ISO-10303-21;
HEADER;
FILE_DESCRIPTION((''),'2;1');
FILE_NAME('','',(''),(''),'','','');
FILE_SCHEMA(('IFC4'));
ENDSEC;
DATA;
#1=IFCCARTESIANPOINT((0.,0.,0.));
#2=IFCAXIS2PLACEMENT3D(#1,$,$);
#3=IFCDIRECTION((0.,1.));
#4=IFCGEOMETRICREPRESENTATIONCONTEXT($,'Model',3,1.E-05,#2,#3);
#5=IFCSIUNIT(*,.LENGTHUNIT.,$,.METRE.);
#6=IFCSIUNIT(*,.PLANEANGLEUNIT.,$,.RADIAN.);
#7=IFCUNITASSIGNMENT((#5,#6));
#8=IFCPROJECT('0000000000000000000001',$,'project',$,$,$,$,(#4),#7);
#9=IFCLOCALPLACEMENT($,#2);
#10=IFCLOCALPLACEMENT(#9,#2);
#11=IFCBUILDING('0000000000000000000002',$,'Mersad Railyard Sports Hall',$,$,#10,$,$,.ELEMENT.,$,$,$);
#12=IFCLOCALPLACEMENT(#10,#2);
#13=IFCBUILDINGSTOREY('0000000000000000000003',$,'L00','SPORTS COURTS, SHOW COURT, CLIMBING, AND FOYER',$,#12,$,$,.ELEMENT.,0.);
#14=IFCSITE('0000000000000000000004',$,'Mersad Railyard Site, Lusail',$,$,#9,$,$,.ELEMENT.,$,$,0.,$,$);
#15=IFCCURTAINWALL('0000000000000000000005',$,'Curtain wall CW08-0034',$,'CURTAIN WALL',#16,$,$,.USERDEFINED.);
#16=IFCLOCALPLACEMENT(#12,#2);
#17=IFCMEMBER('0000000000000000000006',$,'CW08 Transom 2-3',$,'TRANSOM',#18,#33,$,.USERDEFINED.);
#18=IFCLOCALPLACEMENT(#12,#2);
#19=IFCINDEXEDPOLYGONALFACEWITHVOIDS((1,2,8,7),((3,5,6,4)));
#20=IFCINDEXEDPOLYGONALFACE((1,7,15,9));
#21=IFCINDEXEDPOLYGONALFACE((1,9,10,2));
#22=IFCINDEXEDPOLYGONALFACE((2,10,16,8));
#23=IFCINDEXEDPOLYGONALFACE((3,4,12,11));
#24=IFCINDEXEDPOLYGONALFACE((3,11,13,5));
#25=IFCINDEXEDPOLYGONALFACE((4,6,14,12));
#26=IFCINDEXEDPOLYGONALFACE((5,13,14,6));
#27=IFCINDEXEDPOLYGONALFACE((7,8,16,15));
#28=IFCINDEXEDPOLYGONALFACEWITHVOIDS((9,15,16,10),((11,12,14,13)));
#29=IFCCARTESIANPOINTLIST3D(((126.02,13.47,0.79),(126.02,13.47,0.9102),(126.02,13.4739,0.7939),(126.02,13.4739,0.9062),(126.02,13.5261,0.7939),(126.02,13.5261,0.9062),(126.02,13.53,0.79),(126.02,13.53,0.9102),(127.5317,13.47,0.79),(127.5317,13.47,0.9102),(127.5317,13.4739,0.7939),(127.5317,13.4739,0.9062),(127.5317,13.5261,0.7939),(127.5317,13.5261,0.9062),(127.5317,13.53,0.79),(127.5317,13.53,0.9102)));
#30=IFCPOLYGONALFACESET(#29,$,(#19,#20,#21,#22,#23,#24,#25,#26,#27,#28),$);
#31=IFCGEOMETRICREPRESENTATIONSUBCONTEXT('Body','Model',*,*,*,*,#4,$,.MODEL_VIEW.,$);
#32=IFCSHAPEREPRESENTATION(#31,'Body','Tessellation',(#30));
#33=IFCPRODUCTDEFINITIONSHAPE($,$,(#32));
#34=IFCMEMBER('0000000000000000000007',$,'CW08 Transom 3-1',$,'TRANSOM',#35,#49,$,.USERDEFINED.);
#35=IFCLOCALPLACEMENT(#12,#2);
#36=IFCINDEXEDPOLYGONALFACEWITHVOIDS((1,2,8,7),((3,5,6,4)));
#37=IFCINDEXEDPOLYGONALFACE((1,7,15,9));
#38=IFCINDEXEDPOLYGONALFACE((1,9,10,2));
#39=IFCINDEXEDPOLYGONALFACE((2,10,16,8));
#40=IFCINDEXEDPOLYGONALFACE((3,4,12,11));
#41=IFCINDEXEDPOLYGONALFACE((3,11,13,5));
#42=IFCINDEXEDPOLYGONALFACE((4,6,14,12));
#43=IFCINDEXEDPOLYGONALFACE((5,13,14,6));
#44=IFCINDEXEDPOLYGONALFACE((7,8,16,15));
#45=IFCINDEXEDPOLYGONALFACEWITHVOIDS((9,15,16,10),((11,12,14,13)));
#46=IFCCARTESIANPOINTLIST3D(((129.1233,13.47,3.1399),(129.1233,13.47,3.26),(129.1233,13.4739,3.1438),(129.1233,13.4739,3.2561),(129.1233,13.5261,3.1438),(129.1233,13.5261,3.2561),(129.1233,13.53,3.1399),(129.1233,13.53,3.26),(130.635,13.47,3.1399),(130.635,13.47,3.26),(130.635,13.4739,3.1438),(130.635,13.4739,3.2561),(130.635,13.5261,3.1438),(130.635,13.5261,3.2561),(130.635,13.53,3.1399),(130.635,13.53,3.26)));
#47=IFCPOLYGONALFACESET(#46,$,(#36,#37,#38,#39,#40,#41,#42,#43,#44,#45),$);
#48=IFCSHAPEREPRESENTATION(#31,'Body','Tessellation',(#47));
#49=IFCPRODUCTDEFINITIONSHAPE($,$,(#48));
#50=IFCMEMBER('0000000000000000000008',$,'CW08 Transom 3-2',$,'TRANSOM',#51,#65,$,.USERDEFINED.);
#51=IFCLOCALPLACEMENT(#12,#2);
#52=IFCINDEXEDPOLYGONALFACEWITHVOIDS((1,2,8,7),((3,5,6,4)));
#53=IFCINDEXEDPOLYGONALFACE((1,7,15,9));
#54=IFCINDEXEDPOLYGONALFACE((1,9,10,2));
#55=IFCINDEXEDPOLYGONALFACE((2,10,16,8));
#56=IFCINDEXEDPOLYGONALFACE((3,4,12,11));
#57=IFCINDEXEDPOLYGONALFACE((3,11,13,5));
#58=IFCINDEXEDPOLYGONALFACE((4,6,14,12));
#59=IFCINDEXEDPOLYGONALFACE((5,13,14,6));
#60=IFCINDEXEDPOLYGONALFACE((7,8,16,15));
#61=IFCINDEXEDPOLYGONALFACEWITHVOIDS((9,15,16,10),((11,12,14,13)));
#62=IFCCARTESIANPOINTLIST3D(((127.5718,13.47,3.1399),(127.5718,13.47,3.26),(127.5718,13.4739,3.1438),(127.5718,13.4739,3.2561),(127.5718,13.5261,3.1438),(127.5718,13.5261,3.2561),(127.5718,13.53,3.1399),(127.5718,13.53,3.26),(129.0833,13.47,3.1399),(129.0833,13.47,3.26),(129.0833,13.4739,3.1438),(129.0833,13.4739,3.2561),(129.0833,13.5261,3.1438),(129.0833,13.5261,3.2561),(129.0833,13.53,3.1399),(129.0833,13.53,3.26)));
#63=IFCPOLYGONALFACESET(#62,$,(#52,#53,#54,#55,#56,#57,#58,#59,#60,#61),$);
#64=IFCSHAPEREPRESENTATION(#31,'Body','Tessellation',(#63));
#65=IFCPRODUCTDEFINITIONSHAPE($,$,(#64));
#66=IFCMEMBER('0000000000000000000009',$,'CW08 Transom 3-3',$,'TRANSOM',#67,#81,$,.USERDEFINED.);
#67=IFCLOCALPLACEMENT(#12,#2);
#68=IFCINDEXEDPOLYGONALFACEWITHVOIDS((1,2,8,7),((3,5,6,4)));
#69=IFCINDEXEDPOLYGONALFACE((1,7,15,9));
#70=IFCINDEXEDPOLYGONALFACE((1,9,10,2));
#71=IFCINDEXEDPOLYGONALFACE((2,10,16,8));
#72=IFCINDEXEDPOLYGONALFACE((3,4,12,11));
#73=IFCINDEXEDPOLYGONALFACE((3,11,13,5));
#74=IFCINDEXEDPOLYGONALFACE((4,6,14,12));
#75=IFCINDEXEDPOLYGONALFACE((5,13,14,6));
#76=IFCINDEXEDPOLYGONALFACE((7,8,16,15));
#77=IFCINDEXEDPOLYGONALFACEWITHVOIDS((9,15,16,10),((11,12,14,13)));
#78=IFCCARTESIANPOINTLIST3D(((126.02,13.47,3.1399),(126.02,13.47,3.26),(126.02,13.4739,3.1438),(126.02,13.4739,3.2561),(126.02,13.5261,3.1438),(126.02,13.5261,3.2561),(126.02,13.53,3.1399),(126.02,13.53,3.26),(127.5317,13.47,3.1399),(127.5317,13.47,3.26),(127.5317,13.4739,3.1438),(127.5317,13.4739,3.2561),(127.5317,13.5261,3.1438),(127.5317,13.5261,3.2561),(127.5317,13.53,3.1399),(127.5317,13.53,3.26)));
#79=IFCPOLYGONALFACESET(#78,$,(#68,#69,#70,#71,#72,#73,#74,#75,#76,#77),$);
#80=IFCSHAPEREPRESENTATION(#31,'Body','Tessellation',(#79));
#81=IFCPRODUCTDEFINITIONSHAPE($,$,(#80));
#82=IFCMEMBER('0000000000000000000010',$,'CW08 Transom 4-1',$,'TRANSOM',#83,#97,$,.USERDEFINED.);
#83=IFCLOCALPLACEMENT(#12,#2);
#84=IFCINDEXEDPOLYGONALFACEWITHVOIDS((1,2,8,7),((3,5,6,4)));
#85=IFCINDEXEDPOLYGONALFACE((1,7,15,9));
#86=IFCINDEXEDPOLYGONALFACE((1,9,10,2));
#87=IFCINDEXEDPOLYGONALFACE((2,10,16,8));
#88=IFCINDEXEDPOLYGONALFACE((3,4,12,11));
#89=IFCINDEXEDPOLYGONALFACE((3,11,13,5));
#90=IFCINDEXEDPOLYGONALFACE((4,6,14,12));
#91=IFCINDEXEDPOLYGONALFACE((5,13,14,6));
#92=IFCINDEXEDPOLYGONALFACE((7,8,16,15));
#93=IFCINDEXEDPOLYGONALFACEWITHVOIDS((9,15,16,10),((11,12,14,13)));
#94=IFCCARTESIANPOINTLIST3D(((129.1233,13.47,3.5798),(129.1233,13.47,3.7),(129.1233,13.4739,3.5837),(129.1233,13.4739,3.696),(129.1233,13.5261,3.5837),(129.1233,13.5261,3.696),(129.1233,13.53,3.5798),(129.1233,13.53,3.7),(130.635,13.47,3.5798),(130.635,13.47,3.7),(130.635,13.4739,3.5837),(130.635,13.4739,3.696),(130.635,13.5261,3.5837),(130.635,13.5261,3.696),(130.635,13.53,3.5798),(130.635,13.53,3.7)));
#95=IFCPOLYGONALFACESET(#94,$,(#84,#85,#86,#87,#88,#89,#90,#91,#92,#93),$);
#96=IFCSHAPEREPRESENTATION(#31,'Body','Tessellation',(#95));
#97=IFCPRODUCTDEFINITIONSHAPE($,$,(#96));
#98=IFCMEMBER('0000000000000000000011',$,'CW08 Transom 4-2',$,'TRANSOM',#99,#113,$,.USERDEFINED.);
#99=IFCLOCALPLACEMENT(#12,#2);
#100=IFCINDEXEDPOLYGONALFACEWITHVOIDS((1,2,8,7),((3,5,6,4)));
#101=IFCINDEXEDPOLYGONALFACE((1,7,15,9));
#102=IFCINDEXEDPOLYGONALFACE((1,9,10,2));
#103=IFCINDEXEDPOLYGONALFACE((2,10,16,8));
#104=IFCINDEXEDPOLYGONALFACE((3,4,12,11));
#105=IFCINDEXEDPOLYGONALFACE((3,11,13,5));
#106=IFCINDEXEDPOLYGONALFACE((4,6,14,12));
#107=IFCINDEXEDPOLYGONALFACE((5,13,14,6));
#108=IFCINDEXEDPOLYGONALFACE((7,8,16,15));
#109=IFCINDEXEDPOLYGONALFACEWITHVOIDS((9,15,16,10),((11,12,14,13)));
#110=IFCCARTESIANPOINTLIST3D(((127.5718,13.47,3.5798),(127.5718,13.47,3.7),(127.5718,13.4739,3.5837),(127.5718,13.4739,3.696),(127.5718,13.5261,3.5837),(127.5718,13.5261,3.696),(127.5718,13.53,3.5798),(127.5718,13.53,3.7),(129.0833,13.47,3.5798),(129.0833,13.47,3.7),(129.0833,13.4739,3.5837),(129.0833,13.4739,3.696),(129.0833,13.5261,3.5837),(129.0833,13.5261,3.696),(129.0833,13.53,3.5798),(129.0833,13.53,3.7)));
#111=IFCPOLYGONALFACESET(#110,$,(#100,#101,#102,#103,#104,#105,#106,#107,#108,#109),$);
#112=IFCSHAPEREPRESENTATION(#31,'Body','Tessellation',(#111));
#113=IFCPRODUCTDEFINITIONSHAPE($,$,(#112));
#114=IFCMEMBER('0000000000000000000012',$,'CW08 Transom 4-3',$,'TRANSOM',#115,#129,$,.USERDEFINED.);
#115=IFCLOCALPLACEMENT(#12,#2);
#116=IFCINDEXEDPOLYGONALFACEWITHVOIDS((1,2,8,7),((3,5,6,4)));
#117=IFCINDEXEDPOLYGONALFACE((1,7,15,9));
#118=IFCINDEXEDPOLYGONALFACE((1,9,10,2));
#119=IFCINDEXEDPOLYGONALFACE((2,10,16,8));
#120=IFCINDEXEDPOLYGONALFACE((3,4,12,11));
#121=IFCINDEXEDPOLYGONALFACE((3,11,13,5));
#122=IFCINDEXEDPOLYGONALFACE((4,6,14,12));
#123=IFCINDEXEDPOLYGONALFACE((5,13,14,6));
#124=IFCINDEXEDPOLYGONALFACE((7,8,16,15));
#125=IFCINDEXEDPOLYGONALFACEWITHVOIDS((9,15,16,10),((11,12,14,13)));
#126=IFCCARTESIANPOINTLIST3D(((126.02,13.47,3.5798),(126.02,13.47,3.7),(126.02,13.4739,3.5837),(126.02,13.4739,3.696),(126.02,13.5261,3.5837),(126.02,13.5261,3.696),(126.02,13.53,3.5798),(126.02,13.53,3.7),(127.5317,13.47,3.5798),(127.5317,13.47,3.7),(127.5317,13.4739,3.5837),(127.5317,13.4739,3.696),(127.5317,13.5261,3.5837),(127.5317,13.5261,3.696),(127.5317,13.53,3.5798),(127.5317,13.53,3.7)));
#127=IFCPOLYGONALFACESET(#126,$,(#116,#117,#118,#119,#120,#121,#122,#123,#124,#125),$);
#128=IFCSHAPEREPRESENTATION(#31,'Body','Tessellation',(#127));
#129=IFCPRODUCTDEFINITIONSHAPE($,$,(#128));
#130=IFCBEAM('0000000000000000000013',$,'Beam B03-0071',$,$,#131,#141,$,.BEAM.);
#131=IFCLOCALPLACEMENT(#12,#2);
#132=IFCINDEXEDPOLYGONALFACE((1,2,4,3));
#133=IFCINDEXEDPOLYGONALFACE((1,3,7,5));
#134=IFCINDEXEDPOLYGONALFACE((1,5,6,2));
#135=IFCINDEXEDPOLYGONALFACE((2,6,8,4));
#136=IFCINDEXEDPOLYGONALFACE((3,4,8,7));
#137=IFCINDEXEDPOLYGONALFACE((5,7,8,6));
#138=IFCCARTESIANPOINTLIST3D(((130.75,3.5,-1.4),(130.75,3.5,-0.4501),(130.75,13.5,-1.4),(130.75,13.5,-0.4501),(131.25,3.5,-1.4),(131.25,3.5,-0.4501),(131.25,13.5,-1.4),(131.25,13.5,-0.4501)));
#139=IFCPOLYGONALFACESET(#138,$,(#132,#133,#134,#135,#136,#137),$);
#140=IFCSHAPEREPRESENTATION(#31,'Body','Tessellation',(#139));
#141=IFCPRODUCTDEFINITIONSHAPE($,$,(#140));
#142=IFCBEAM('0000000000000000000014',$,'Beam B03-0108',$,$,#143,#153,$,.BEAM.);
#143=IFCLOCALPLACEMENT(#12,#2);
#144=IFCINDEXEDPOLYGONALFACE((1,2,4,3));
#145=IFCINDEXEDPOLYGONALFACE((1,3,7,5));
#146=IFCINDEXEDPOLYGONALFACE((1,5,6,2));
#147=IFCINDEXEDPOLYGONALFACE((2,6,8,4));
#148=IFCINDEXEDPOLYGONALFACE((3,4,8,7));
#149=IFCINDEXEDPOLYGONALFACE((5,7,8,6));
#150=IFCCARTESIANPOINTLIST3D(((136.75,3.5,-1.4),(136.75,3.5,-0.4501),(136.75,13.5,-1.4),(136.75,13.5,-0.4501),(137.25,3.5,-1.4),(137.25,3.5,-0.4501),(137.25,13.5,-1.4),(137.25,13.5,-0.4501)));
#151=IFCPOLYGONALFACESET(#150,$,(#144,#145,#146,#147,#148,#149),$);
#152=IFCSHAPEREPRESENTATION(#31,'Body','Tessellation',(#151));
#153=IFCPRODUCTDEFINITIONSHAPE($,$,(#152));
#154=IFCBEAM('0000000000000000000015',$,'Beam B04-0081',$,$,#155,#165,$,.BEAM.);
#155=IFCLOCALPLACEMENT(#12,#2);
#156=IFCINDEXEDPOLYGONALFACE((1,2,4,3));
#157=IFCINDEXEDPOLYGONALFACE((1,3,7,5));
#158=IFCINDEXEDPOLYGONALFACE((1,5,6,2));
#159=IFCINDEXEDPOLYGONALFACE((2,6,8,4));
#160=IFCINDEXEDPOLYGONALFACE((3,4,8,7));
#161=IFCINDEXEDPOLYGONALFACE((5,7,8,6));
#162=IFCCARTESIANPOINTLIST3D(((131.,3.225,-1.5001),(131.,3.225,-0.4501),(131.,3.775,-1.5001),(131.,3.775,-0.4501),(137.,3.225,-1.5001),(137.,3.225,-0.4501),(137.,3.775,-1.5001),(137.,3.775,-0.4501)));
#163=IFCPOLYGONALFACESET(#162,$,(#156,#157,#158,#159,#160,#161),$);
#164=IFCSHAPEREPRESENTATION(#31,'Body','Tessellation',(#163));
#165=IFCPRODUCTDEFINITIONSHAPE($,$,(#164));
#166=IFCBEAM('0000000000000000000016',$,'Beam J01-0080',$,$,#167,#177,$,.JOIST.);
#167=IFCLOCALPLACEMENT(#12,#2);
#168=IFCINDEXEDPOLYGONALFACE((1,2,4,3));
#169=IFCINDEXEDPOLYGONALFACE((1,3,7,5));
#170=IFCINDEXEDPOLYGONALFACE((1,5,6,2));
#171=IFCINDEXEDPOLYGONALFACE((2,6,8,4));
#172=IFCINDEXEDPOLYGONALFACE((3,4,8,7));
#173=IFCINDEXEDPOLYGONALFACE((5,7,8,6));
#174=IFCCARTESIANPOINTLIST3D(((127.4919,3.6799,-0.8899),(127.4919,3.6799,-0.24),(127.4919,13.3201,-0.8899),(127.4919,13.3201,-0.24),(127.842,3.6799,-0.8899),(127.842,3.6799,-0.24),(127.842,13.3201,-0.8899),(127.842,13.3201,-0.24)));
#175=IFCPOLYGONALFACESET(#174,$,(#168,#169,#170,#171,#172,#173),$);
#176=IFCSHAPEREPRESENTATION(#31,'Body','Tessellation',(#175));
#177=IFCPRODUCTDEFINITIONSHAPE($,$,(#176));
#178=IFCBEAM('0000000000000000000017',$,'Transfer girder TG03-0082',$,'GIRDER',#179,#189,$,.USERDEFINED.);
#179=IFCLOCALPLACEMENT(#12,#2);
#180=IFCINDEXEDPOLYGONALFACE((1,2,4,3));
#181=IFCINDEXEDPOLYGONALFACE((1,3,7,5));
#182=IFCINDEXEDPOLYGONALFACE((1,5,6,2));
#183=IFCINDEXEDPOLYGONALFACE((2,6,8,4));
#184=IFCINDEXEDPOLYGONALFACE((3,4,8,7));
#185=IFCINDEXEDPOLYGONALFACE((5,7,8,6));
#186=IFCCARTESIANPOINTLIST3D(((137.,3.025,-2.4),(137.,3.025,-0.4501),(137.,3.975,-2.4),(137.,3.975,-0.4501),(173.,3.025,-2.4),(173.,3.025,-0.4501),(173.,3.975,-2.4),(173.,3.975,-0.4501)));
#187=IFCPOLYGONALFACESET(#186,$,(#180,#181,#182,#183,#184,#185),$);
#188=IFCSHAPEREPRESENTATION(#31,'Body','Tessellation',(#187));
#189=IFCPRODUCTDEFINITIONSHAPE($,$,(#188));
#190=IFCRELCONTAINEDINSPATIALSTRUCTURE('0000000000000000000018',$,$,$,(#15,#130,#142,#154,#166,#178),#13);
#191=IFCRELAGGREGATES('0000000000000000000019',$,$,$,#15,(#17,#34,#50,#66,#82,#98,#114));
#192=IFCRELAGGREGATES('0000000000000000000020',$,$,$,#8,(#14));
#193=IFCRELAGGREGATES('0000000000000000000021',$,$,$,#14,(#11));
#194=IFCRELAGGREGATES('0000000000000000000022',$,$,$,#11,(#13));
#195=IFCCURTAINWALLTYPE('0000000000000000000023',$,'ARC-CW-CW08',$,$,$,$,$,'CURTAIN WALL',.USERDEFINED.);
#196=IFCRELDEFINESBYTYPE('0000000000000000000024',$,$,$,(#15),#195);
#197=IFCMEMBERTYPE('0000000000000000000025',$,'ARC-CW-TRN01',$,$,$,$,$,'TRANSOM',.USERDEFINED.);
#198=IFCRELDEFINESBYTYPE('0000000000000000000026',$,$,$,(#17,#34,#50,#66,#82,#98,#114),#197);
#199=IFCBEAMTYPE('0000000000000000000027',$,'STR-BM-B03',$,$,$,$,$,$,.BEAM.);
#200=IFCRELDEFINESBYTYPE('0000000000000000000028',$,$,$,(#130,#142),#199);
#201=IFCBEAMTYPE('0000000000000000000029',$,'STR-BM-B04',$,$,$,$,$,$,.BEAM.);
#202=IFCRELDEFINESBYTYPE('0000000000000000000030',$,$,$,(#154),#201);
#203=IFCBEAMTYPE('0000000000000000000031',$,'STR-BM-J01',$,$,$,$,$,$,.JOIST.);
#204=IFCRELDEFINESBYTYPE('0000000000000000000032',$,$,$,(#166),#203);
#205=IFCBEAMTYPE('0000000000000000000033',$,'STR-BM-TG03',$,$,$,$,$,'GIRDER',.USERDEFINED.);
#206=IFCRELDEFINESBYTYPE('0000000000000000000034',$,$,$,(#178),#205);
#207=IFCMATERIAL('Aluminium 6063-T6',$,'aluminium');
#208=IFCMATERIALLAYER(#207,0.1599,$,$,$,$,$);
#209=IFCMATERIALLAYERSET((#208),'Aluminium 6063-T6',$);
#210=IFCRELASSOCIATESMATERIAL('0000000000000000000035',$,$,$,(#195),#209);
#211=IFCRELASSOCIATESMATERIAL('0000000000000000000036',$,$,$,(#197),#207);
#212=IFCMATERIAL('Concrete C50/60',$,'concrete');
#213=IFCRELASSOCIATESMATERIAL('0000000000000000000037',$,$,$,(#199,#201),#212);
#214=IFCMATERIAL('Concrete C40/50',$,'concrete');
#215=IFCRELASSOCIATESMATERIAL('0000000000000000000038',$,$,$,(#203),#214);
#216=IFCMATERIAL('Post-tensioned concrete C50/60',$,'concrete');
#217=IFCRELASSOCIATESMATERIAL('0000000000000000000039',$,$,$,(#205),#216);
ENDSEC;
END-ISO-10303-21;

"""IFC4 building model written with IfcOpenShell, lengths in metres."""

from ifc_helpers import new_model, si_unit, direction, frame, origin, origin_2d, place, context, subcontext, project, spatial, rectangle, hollow_rectangle, extrude, material, layer, layer_set, material_profile, profile_set, type_object, element, aggregate, save


model = new_model("IFC4")

# Units and contexts
model_context = context("Model", 3, precision=1e-05, world=origin(), true_north=direction((0.0, 1.0)))
body_context = subcontext(model_context, "Body", "Model", "MODEL_VIEW")
ifc_project = project(units=[si_unit("LENGTHUNIT", "METRE"), si_unit("PLANEANGLEUNIT", "RADIAN")], contexts=[model_context])

# Site, building, storey
site_placement = place(None, origin())
site = spatial("IfcSite", under=ifc_project, at=site_placement, Name="Mersad Railyard Site, Lusail", CompositionType="ELEMENT", RefElevation=0.0)
building_placement = place(site_placement, origin())
building = spatial("IfcBuilding", under=site, at=building_placement, Name="Mersad Railyard Sports Hall", CompositionType="ELEMENT")
storey_placement = place(building_placement, origin())
storey = spatial("IfcBuildingStorey", under=building, at=storey_placement, Name="L00", Description="SPORTS COURTS, SHOW COURT, CLIMBING, AND FOYER", CompositionType="ELEMENT", Elevation=0.0)

# Shared definitions
ifc_material_1 = material(Name="Concrete C50/60", Category="concrete")

# Curtain wall, members
ifc_material_2 = material(Name="Aluminium 6063-T6", Category="aluminium")
ifc_layer_1 = layer(ifc_material_2, 0.1599)
ifc_layer_set_1 = layer_set([ifc_layer_1], Name="Aluminium 6063-T6")
curtain_wall_type = type_object("IfcCurtainWallType", Name="ARC-CW-CW08", ElementType="CURTAIN WALL", PredefinedType="USERDEFINED", material=ifc_layer_set_1)
curtain_wall_placement = place(storey_placement, origin())
curtain_wall = element("IfcCurtainWall", 1, at=curtain_wall_placement, inside=storey, type_object=curtain_wall_type, Name="Curtain wall CW08-0034", ObjectType="CURTAIN WALL", PredefinedType="USERDEFINED")
ifc_material_profile_1 = material_profile(ifc_material_2, hollow_rectangle(XDim=0.0601, YDim=0.1201, WallThickness=0.0039, at=origin_2d()), Name="AL TRANSOM 60x120x4")
ifc_profile_set_1 = profile_set([ifc_material_profile_1], Name="Aluminium 6063-T6")
member_type_1 = type_object("IfcMemberType", Name="ARC-CW-TRN01", ElementType="TRANSOM", PredefinedType="USERDEFINED", material=ifc_profile_set_1)
member_1_placement = place(storey_placement, frame((127.5317, 13.5, 0.8501), z_axis=(-1.0, 0.0, 0.0), x_axis=(0.0, -1.0, 0.0)))
member_1 = element("IfcMember", 2, at=member_1_placement, type_object=member_type_1, Name="CW08 Transom 2-3", ObjectType="TRANSOM", PredefinedType="USERDEFINED", context=body_context, shape_type="SweptSolid", body=[
    extrude(hollow_rectangle(XDim=0.0601, YDim=0.1201, WallThickness=0.0039, at=origin_2d()), origin(), (0.0, 0.0, 1.0), 1.5117),
])
member_2_placement = place(storey_placement, frame((130.635, 13.5, 3.2), z_axis=(-1.0, 0.0, 0.0), x_axis=(0.0, -1.0, 0.0)))
member_2 = element("IfcMember", 3, at=member_2_placement, type_object=member_type_1, Name="CW08 Transom 3-1", ObjectType="TRANSOM", PredefinedType="USERDEFINED", context=body_context, shape_type="SweptSolid", body=[
    extrude(hollow_rectangle(XDim=0.0601, YDim=0.1201, WallThickness=0.0039, at=origin_2d()), origin(), (0.0, 0.0, 1.0), 1.5117),
])
member_3_placement = place(storey_placement, frame((129.0833, 13.5, 3.2), z_axis=(-1.0, 0.0, 0.0), x_axis=(0.0, -1.0, 0.0)))
member_3 = element("IfcMember", 4, at=member_3_placement, type_object=member_type_1, Name="CW08 Transom 3-2", ObjectType="TRANSOM", PredefinedType="USERDEFINED", context=body_context, shape_type="SweptSolid", body=[
    extrude(hollow_rectangle(XDim=0.0601, YDim=0.1201, WallThickness=0.0039, at=origin_2d()), origin(), (0.0, 0.0, 1.0), 1.5115),
])
member_4_placement = place(storey_placement, frame((127.5317, 13.5, 3.2), z_axis=(-1.0, 0.0, 0.0), x_axis=(0.0, -1.0, 0.0)))
member_4 = element("IfcMember", 5, at=member_4_placement, type_object=member_type_1, Name="CW08 Transom 3-3", ObjectType="TRANSOM", PredefinedType="USERDEFINED", context=body_context, shape_type="SweptSolid", body=[
    extrude(hollow_rectangle(XDim=0.0601, YDim=0.1201, WallThickness=0.0039, at=origin_2d()), origin(), (0.0, 0.0, 1.0), 1.5117),
])
member_5_placement = place(storey_placement, frame((130.635, 13.5, 3.6399), z_axis=(-1.0, 0.0, 0.0), x_axis=(0.0, -1.0, 0.0)))
member_5 = element("IfcMember", 6, at=member_5_placement, type_object=member_type_1, Name="CW08 Transom 4-1", ObjectType="TRANSOM", PredefinedType="USERDEFINED", context=body_context, shape_type="SweptSolid", body=[
    extrude(hollow_rectangle(XDim=0.0601, YDim=0.1201, WallThickness=0.0039, at=origin_2d()), origin(), (0.0, 0.0, 1.0), 1.5117),
])
member_6_placement = place(storey_placement, frame((129.0833, 13.5, 3.6399), z_axis=(-1.0, 0.0, 0.0), x_axis=(0.0, -1.0, 0.0)))
member_6 = element("IfcMember", 7, at=member_6_placement, type_object=member_type_1, Name="CW08 Transom 4-2", ObjectType="TRANSOM", PredefinedType="USERDEFINED", context=body_context, shape_type="SweptSolid", body=[
    extrude(hollow_rectangle(XDim=0.0601, YDim=0.1201, WallThickness=0.0039, at=origin_2d()), origin(), (0.0, 0.0, 1.0), 1.5115),
])
member_7_placement = place(storey_placement, frame((127.5317, 13.5, 3.6399), z_axis=(-1.0, 0.0, 0.0), x_axis=(0.0, -1.0, 0.0)))
member_7 = element("IfcMember", 8, at=member_7_placement, type_object=member_type_1, Name="CW08 Transom 4-3", ObjectType="TRANSOM", PredefinedType="USERDEFINED", context=body_context, shape_type="SweptSolid", body=[
    extrude(hollow_rectangle(XDim=0.0601, YDim=0.1201, WallThickness=0.0039, at=origin_2d()), origin(), (0.0, 0.0, 1.0), 1.5117),
])

# Beams
ifc_material_profile_2 = material_profile(ifc_material_1, rectangle(XDim=0.5, YDim=0.95, at=origin_2d()), Name="RC 500x950")
ifc_profile_set_2 = profile_set([ifc_material_profile_2], Name="Concrete C50/60")
beam_type_1 = type_object("IfcBeamType", Name="STR-BM-B03", PredefinedType="BEAM", material=ifc_profile_set_2)
for number, where, z_axis, x_axis, name in (
    (9, (131.0, 3.5, -0.925), (0.0, 1.0, 0.0), (-1.0, 0.0, 0.0), "Beam B03-0071"),
    (10, (137.0, 3.5, -0.925), (0.0, 1.0, 0.0), (-1.0, 0.0, 0.0), "Beam B03-0108"),
):
    element("IfcBeam", number, at=place(storey_placement, frame(where, z_axis=z_axis, x_axis=x_axis)), inside=storey, type_object=beam_type_1, Name=name, PredefinedType="BEAM", context=body_context, shape_type="SweptSolid", body=[
        extrude(rectangle(XDim=0.5, YDim=0.95, at=origin_2d()), origin(), (0.0, 0.0, 1.0), 10.0),
    ])
ifc_material_profile_3 = material_profile(ifc_material_1, rectangle(XDim=0.55, YDim=1.05, at=origin_2d()), Name="RC 550x1050")
ifc_profile_set_3 = profile_set([ifc_material_profile_3], Name="Concrete C50/60")
beam_type_2 = type_object("IfcBeamType", Name="STR-BM-B04", PredefinedType="BEAM", material=ifc_profile_set_3)
beam_1_placement = place(storey_placement, frame((131.0, 3.5, -0.9751), z_axis=(1.0, 0.0, 0.0), x_axis=(0.0, 1.0, 0.0)))
element("IfcBeam", 11, at=beam_1_placement, inside=storey, type_object=beam_type_2, Name="Beam B04-0081", PredefinedType="BEAM", context=body_context, shape_type="SweptSolid", body=[
    extrude(rectangle(XDim=0.55, YDim=1.05, at=origin_2d()), origin(), (0.0, 0.0, 1.0), 6.0),
])
ifc_material_3 = material(Name="Concrete C40/50", Category="concrete")
ifc_material_profile_4 = material_profile(ifc_material_3, rectangle(XDim=0.3501, YDim=0.6499, at=origin_2d()), Name="RC 350x650")
ifc_profile_set_4 = profile_set([ifc_material_profile_4], Name="Concrete C40/50")
beam_type_3 = type_object("IfcBeamType", Name="STR-BM-J01", PredefinedType="JOIST", material=ifc_profile_set_4)
beam_2_placement = place(storey_placement, frame((127.667, 3.6799, -0.5649), z_axis=(0.0, 1.0, 0.0), x_axis=(-1.0, 0.0, 0.0)))
element("IfcBeam", 12, at=beam_2_placement, inside=storey, type_object=beam_type_3, Name="Beam J01-0080", PredefinedType="JOIST", context=body_context, shape_type="SweptSolid", body=[
    extrude(rectangle(XDim=0.3501, YDim=0.6499, at=origin_2d()), origin(), (0.0, 0.0, 1.0), 9.6401),
])
ifc_material_4 = material(Name="Post-tensioned concrete C50/60", Category="concrete")
ifc_material_profile_5 = material_profile(ifc_material_4, rectangle(XDim=0.95, YDim=1.95, at=origin_2d()), Name="PT 950x1950")
ifc_profile_set_5 = profile_set([ifc_material_profile_5], Name="Post-tensioned concrete C50/60")
beam_type_4 = type_object("IfcBeamType", Name="STR-BM-TG03", ElementType="GIRDER", PredefinedType="USERDEFINED", material=ifc_profile_set_5)
beam_3_placement = place(storey_placement, frame((137.0, 3.5, -1.425), z_axis=(1.0, 0.0, 0.0), x_axis=(0.0, 1.0, 0.0)))
element("IfcBeam", 13, at=beam_3_placement, inside=storey, type_object=beam_type_4, Name="Transfer girder TG03-0082", ObjectType="GIRDER", PredefinedType="USERDEFINED", context=body_context, shape_type="SweptSolid", body=[
    extrude(rectangle(XDim=0.95, YDim=1.95, at=origin_2d()), origin(), (0.0, 0.0, 1.0), 36.0),
])

aggregate(curtain_wall, [member_1, member_2, member_3, member_4, member_5, member_6, member_7])

save(model, "model.ifc")
